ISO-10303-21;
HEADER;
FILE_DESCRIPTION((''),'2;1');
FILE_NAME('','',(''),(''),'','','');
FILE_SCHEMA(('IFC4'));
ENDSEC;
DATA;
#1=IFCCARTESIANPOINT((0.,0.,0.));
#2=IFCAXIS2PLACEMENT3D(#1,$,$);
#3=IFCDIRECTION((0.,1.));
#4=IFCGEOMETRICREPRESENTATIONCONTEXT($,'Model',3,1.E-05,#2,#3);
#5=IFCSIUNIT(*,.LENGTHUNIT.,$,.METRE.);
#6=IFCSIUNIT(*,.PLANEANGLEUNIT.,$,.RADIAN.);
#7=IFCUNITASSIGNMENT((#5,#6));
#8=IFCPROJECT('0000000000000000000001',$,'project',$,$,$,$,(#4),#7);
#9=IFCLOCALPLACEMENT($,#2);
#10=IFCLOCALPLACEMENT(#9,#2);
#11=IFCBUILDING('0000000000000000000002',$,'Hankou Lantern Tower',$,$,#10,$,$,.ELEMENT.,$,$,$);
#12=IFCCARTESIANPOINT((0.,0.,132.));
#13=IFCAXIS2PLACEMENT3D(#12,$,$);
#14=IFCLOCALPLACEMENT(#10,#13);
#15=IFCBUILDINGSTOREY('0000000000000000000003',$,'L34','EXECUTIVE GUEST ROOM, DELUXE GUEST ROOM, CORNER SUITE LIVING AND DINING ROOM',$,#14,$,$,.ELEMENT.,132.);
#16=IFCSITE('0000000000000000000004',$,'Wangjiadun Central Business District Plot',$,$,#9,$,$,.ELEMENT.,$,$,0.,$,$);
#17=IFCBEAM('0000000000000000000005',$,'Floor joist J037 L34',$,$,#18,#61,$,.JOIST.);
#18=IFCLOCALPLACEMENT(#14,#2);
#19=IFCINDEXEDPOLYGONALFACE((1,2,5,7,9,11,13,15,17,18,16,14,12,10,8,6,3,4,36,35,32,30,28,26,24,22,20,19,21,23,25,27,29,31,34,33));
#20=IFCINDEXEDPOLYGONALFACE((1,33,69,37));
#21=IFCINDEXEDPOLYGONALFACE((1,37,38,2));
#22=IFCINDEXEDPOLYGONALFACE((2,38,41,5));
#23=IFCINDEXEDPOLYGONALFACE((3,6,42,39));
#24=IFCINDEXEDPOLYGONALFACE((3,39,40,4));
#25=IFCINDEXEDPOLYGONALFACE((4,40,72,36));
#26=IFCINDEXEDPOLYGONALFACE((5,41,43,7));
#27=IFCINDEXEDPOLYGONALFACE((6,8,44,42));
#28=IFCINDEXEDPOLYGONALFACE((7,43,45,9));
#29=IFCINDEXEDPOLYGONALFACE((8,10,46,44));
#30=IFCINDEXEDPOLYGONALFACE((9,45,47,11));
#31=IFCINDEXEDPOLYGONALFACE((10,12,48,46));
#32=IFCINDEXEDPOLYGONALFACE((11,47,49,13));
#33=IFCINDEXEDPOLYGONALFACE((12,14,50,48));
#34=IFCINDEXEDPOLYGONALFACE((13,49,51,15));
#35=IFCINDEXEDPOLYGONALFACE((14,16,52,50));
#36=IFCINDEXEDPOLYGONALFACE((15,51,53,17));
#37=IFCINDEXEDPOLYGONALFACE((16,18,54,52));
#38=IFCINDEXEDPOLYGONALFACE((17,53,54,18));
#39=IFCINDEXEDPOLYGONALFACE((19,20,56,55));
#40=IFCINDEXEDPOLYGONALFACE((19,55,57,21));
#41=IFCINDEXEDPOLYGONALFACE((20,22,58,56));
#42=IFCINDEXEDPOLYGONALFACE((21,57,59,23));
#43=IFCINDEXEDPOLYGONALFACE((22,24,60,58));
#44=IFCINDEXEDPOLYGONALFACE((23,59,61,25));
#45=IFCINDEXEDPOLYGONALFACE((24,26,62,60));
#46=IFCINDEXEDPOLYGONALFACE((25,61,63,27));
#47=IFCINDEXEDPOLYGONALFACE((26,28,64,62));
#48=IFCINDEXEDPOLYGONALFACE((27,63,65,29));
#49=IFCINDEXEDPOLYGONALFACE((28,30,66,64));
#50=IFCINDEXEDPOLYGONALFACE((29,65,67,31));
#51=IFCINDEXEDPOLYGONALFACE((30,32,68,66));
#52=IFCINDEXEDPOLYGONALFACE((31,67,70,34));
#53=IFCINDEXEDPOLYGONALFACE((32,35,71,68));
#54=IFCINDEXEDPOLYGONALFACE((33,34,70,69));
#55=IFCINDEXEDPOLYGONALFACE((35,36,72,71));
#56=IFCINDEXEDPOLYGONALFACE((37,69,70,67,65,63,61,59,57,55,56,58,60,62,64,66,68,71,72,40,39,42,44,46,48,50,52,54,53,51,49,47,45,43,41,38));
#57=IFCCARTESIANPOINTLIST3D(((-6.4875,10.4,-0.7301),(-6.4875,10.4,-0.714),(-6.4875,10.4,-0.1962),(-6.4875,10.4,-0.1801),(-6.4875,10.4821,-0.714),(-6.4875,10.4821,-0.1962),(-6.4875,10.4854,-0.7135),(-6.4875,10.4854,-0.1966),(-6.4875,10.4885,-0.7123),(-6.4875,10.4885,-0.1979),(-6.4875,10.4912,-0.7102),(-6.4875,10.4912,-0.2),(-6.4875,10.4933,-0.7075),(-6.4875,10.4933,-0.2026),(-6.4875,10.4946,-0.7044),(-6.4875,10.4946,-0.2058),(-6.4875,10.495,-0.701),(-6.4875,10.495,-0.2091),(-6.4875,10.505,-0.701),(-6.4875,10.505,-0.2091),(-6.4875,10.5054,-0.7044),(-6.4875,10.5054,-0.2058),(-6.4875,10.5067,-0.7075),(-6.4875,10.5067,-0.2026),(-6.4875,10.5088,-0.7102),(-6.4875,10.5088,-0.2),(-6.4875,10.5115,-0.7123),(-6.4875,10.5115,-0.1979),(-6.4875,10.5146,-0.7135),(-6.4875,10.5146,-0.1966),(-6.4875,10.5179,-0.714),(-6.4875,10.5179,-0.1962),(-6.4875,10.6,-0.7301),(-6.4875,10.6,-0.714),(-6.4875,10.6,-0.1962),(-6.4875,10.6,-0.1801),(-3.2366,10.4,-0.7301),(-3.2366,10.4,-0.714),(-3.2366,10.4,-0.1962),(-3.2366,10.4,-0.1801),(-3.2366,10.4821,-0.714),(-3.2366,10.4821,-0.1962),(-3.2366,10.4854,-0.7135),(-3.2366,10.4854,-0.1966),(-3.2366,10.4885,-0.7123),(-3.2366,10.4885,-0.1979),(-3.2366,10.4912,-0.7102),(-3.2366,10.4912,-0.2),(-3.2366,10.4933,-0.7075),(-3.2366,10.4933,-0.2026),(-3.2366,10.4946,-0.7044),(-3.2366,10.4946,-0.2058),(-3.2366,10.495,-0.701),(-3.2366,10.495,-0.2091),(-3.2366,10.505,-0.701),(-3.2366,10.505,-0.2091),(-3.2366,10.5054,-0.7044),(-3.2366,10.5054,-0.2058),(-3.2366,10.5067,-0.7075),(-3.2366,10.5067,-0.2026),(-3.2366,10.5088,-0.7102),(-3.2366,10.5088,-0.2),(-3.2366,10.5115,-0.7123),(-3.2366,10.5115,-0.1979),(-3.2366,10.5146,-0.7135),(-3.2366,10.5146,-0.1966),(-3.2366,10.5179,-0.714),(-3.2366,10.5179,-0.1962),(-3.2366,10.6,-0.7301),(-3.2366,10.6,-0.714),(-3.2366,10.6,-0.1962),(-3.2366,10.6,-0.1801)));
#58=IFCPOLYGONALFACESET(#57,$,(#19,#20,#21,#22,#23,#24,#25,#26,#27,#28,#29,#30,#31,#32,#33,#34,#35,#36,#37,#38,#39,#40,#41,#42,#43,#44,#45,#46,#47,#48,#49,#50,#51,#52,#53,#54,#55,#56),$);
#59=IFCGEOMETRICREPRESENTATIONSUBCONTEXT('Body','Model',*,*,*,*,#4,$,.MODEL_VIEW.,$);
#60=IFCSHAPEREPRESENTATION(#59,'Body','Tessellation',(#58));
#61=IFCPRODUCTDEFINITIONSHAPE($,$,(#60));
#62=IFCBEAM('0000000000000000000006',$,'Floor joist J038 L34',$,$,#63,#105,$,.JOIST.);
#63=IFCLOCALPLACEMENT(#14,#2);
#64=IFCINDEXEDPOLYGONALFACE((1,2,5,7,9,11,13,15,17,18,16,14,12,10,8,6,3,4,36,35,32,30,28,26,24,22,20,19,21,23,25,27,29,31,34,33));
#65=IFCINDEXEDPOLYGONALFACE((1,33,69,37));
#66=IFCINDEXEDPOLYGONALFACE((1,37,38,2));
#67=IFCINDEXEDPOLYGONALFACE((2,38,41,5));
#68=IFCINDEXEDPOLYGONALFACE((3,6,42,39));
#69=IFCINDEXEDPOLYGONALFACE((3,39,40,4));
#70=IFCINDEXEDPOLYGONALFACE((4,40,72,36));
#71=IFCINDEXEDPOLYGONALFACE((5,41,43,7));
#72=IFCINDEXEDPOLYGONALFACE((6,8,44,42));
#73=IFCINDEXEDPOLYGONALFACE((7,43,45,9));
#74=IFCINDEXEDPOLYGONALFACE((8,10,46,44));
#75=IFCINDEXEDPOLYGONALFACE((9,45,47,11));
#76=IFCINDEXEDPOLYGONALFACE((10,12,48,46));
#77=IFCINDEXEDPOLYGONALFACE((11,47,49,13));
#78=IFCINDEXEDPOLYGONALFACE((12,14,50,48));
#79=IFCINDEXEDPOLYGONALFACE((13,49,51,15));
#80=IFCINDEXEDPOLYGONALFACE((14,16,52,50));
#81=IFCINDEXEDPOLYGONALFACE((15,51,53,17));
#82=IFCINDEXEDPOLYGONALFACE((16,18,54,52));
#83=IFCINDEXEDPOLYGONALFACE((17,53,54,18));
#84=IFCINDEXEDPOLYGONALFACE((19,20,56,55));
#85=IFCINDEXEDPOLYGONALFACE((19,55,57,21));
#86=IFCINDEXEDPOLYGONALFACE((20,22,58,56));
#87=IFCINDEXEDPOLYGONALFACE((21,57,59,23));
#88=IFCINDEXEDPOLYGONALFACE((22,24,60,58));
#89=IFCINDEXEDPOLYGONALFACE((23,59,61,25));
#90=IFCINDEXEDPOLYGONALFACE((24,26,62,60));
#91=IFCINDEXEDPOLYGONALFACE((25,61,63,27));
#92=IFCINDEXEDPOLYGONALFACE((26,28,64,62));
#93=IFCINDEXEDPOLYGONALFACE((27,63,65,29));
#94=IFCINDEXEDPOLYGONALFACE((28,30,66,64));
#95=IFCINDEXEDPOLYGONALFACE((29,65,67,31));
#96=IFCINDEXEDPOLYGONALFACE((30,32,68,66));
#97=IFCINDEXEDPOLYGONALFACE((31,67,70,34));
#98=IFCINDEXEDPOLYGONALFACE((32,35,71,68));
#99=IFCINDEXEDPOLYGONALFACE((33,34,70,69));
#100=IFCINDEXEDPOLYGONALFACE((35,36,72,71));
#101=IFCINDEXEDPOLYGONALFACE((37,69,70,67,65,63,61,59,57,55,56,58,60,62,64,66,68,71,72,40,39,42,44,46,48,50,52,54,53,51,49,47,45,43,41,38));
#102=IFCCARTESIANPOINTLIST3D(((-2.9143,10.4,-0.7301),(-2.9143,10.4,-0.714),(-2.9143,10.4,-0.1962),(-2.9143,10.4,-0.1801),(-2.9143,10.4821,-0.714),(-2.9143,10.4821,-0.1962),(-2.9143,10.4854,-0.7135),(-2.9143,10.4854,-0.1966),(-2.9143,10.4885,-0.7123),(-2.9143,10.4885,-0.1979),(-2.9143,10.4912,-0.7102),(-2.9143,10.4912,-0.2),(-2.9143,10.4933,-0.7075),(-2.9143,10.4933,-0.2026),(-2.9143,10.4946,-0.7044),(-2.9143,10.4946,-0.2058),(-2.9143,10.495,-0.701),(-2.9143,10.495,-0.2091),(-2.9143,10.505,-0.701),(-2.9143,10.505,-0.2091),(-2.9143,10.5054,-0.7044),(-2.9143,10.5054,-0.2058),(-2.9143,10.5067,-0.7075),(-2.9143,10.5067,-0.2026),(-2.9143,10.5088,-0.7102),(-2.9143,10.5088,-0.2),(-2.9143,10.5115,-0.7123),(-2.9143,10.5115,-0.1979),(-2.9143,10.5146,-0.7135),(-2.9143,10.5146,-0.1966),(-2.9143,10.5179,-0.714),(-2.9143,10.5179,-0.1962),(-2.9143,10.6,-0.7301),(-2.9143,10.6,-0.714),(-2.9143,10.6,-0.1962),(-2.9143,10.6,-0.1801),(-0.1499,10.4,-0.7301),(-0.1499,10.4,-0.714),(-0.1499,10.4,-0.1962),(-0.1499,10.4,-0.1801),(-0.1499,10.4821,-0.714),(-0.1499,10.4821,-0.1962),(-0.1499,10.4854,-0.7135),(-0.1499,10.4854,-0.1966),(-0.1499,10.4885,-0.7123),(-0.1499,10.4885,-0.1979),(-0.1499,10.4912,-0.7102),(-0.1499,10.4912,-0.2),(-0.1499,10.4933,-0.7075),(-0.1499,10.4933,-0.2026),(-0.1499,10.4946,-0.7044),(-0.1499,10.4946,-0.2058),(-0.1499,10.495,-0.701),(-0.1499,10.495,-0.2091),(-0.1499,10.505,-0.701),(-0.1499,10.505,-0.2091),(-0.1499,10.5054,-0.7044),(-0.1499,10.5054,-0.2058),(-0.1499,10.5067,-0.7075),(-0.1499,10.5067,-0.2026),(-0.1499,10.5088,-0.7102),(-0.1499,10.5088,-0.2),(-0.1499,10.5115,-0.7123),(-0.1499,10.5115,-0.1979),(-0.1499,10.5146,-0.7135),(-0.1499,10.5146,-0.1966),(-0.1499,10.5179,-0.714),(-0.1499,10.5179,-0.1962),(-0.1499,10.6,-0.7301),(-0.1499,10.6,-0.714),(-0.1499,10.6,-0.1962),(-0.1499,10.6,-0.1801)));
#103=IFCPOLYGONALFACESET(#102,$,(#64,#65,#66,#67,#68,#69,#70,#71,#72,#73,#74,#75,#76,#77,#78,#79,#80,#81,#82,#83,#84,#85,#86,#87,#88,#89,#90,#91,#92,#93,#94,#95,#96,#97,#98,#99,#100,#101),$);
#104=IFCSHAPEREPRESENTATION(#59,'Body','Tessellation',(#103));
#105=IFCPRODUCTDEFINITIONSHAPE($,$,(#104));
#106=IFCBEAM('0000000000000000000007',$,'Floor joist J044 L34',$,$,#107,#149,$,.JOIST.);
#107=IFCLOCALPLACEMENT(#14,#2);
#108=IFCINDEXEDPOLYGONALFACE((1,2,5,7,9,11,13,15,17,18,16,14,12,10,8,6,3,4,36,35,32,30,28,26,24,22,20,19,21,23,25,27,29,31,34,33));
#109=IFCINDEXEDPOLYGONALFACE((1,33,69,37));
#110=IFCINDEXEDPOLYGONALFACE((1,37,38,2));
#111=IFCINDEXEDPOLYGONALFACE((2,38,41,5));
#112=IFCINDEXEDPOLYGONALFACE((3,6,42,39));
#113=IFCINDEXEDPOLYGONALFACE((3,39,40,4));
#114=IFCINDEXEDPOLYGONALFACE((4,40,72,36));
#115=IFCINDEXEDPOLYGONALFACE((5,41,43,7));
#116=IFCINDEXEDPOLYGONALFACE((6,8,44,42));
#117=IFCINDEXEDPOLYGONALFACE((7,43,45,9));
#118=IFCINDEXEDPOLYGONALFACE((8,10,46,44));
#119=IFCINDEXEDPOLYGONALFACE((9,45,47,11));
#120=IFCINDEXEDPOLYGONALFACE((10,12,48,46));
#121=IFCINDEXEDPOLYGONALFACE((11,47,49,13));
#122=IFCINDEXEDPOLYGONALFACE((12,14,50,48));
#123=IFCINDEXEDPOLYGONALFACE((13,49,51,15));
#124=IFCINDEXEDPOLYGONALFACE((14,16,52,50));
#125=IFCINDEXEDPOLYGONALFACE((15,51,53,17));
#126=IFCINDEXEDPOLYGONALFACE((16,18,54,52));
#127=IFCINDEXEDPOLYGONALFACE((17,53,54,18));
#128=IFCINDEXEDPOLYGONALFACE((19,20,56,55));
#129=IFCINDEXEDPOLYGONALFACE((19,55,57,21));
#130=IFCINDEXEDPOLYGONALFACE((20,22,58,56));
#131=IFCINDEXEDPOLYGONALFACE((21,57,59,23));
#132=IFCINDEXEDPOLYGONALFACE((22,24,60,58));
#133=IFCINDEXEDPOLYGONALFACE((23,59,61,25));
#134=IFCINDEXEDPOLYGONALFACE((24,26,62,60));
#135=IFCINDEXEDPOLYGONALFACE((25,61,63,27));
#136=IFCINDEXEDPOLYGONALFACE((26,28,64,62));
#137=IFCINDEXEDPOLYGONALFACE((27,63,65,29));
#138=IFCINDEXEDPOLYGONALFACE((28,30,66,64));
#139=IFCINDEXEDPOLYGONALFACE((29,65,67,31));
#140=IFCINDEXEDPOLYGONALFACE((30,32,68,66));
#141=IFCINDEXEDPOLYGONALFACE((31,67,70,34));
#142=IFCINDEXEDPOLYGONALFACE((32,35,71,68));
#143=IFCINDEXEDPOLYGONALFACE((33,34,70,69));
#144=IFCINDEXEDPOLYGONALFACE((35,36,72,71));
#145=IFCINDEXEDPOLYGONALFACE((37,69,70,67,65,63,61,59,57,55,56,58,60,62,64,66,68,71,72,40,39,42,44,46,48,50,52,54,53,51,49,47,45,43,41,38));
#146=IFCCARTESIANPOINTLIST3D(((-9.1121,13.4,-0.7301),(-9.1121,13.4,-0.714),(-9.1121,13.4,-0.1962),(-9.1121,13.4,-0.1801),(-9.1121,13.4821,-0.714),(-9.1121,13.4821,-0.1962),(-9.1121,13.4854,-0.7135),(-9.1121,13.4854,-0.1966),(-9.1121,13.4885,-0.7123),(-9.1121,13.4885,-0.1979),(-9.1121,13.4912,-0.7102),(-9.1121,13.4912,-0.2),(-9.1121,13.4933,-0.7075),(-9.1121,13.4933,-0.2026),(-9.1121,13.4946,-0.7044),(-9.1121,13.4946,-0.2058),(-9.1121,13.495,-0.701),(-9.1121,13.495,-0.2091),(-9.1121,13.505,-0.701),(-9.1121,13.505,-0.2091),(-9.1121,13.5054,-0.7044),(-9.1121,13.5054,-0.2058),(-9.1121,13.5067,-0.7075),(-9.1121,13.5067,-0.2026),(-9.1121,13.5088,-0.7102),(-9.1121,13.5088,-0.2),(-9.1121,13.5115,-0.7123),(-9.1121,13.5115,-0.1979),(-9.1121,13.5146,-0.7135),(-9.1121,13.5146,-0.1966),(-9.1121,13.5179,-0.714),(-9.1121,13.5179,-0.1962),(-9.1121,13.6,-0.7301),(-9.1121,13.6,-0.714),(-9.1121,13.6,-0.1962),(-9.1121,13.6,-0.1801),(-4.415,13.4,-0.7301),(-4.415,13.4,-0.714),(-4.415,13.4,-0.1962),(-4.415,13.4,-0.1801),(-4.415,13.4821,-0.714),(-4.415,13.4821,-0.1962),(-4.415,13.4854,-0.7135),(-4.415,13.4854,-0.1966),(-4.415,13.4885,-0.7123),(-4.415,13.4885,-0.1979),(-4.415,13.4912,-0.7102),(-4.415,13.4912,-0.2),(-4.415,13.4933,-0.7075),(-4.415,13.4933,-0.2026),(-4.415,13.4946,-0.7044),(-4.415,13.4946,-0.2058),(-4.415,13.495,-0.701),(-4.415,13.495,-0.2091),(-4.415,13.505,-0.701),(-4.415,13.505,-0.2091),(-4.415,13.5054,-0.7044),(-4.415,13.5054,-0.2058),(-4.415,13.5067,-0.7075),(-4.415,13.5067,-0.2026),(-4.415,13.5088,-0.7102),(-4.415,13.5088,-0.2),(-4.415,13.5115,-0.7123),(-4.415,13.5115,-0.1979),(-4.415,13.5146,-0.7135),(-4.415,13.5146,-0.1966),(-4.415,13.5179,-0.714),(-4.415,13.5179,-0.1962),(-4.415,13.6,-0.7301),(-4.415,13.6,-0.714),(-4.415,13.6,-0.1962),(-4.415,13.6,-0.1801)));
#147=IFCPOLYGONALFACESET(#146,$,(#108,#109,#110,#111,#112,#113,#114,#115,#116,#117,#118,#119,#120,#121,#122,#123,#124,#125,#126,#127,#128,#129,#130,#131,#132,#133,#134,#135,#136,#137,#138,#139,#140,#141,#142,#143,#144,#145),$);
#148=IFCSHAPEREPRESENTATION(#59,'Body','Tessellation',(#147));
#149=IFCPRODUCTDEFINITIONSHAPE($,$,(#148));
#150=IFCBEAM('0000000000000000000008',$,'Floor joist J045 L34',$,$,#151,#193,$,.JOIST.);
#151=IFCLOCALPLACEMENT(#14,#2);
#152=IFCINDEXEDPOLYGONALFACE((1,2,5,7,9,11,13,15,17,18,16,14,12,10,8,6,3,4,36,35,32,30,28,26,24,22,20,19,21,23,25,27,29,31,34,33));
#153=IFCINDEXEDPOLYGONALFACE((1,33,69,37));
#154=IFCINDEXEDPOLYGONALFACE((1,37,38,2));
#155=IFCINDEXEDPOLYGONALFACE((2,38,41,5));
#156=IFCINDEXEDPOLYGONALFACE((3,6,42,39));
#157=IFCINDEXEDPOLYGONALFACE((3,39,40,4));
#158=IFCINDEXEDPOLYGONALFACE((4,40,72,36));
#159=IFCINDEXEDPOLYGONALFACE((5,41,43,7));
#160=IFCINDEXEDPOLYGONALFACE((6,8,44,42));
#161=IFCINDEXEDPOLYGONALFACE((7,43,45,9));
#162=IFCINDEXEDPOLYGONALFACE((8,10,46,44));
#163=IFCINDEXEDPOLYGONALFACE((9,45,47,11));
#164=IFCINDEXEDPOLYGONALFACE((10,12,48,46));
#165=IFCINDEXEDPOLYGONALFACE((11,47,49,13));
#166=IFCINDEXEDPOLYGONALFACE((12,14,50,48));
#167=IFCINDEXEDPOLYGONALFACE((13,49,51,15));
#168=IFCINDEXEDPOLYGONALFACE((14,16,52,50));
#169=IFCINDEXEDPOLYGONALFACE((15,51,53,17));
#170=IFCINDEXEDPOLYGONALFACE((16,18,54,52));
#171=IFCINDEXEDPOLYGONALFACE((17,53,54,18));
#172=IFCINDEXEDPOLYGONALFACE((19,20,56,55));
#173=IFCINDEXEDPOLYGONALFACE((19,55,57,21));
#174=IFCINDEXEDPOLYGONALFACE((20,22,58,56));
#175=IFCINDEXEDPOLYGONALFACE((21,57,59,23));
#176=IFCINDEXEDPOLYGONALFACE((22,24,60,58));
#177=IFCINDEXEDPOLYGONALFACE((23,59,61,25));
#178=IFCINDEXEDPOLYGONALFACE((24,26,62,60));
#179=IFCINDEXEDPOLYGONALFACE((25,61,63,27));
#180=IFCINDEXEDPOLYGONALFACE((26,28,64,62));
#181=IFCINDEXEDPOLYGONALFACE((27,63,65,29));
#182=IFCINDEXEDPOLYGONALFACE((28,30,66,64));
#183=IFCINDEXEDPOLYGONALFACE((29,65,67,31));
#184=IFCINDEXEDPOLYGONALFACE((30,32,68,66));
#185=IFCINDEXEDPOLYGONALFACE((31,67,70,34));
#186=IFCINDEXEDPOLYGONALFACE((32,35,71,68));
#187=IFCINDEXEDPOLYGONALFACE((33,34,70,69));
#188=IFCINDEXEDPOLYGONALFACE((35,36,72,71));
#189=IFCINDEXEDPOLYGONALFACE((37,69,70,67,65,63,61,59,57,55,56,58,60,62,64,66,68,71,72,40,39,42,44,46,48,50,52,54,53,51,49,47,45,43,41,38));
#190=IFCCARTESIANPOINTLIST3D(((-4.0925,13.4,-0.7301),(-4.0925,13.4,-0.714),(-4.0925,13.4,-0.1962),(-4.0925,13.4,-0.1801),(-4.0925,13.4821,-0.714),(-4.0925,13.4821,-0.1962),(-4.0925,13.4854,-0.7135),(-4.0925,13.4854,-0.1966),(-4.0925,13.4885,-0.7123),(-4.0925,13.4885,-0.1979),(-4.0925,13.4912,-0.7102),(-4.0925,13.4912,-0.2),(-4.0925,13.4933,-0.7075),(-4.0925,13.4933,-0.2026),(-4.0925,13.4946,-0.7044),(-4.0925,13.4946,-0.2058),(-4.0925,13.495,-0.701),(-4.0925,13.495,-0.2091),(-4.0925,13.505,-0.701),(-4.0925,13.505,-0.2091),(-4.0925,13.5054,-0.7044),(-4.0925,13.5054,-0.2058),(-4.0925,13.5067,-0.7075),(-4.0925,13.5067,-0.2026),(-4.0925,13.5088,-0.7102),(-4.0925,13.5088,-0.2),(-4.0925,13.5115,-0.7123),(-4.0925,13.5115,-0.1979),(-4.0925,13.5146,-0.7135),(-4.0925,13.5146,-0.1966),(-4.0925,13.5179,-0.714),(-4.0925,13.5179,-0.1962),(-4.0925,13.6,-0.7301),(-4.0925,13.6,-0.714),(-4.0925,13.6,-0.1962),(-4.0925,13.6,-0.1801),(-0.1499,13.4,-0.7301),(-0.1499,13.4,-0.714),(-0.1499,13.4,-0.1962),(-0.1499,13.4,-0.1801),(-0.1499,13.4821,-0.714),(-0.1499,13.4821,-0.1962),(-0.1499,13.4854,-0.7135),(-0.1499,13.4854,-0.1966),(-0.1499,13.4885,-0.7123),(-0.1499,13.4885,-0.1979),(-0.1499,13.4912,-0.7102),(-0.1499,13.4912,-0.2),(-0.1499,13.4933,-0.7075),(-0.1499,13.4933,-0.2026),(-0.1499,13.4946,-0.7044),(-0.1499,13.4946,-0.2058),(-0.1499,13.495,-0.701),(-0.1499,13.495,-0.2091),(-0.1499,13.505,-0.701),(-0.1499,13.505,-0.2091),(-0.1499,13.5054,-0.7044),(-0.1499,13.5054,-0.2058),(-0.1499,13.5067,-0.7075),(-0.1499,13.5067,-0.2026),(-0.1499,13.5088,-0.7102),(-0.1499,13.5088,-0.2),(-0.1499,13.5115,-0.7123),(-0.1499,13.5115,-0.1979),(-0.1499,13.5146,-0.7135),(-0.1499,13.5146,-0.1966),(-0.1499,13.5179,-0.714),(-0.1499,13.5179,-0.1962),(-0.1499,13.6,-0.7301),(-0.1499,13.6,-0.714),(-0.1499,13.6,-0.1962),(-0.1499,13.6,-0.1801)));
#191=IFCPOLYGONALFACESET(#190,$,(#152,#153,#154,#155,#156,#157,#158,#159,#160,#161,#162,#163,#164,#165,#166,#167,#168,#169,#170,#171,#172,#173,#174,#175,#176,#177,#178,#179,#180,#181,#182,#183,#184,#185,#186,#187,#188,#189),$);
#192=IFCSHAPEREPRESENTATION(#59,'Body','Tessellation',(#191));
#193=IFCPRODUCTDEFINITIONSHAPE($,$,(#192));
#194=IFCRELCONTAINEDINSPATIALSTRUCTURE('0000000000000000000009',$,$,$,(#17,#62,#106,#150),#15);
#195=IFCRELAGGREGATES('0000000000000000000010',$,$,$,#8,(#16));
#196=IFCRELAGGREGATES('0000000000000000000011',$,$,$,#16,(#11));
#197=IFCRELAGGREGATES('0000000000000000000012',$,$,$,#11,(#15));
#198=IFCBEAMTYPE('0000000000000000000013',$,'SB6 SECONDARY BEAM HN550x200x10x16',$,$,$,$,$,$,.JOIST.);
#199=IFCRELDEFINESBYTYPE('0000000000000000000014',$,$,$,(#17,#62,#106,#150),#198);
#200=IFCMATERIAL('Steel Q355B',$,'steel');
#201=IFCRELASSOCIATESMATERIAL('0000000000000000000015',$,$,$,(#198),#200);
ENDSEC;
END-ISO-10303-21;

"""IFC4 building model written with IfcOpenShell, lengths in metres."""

from ifc_helpers import new_model, si_unit, direction, frame, origin, origin_2d, place, context, subcontext, project, spatial, i_section, extrude, material, material_profile, profile_set, type_object, element, save


model = new_model("IFC4")

# Units and contexts
model_context = context("Model", 3, precision=1e-05, world=origin(), true_north=direction((0.0, 1.0)))
body_context = subcontext(model_context, "Body", "Model", "MODEL_VIEW")
ifc_project = project(units=[si_unit("LENGTHUNIT", "METRE"), si_unit("PLANEANGLEUNIT", "RADIAN")], contexts=[model_context])

# Site, building, storey
site_placement = place(None, origin())
site = spatial("IfcSite", under=ifc_project, at=site_placement, Name="Wangjiadun Central Business District Plot", CompositionType="ELEMENT", RefElevation=0.0)
building_placement = place(site_placement, origin())
building = spatial("IfcBuilding", under=site, at=building_placement, Name="Hankou Lantern Tower", CompositionType="ELEMENT")
storey_placement = place(building_placement, frame((0.0, 0.0, 132.0)))
storey = spatial("IfcBuildingStorey", under=building, at=storey_placement, Name="L34", Description="EXECUTIVE GUEST ROOM, DELUXE GUEST ROOM, CORNER SUITE LIVING AND DINING ROOM", CompositionType="ELEMENT", Elevation=132.0)

# Beams
ifc_material_1 = material(Name="Steel Q355B", Category="steel")
ifc_material_profile_1 = material_profile(ifc_material_1, i_section(OverallWidth=0.2, OverallDepth=0.55, WebThickness=0.01, FlangeThickness=0.0161, FilletRadius=0.0129, at=origin_2d()), Name="HN550x200x10x16")
ifc_profile_set_1 = profile_set([ifc_material_profile_1], Name="Steel Q355B")
beam_type_1 = type_object("IfcBeamType", Name="SB6 SECONDARY BEAM HN550x200x10x16", PredefinedType="JOIST", material=ifc_profile_set_1)
beam_1_placement = place(storey_placement, frame((-6.4875, 10.5, -0.4551), z_axis=(1.0, 0.0, 0.0), x_axis=(0.0, 1.0, 0.0)))
element("IfcBeam", 1, at=beam_1_placement, inside=storey, type_object=beam_type_1, Name="Floor joist J037 L34", PredefinedType="JOIST", context=body_context, shape_type="SweptSolid", body=[
    extrude(i_section(OverallWidth=0.2, OverallDepth=0.55, WebThickness=0.01, FlangeThickness=0.0161, FilletRadius=0.0129, at=origin_2d()), origin(), (0.0, 0.0, 1.0), 3.251),
])
beam_2_placement = place(storey_placement, frame((-2.9143, 10.5, -0.4551), z_axis=(1.0, 0.0, 0.0), x_axis=(0.0, 1.0, 0.0)))
element("IfcBeam", 2, at=beam_2_placement, inside=storey, type_object=beam_type_1, Name="Floor joist J038 L34", PredefinedType="JOIST", context=body_context, shape_type="SweptSolid", body=[
    extrude(i_section(OverallWidth=0.2, OverallDepth=0.55, WebThickness=0.01, FlangeThickness=0.0161, FilletRadius=0.0129, at=origin_2d()), origin(), (0.0, 0.0, 1.0), 2.7644),
])
beam_3_placement = place(storey_placement, frame((-9.1121, 13.5, -0.4551), z_axis=(1.0, 0.0, 0.0), x_axis=(0.0, 1.0, 0.0)))
element("IfcBeam", 3, at=beam_3_placement, inside=storey, type_object=beam_type_1, Name="Floor joist J044 L34", PredefinedType="JOIST", context=body_context, shape_type="SweptSolid", body=[
    extrude(i_section(OverallWidth=0.2, OverallDepth=0.55, WebThickness=0.01, FlangeThickness=0.0161, FilletRadius=0.0129, at=origin_2d()), origin(), (0.0, 0.0, 1.0), 4.697),
])
beam_4_placement = place(storey_placement, frame((-4.0925, 13.5, -0.4551), z_axis=(1.0, 0.0, 0.0), x_axis=(0.0, 1.0, 0.0)))
element("IfcBeam", 4, at=beam_4_placement, inside=storey, type_object=beam_type_1, Name="Floor joist J045 L34", PredefinedType="JOIST", context=body_context, shape_type="SweptSolid", body=[
    extrude(i_section(OverallWidth=0.2, OverallDepth=0.55, WebThickness=0.01, FlangeThickness=0.0161, FilletRadius=0.0129, at=origin_2d()), origin(), (0.0, 0.0, 1.0), 3.9426),
])

save(model, "model.ifc")
